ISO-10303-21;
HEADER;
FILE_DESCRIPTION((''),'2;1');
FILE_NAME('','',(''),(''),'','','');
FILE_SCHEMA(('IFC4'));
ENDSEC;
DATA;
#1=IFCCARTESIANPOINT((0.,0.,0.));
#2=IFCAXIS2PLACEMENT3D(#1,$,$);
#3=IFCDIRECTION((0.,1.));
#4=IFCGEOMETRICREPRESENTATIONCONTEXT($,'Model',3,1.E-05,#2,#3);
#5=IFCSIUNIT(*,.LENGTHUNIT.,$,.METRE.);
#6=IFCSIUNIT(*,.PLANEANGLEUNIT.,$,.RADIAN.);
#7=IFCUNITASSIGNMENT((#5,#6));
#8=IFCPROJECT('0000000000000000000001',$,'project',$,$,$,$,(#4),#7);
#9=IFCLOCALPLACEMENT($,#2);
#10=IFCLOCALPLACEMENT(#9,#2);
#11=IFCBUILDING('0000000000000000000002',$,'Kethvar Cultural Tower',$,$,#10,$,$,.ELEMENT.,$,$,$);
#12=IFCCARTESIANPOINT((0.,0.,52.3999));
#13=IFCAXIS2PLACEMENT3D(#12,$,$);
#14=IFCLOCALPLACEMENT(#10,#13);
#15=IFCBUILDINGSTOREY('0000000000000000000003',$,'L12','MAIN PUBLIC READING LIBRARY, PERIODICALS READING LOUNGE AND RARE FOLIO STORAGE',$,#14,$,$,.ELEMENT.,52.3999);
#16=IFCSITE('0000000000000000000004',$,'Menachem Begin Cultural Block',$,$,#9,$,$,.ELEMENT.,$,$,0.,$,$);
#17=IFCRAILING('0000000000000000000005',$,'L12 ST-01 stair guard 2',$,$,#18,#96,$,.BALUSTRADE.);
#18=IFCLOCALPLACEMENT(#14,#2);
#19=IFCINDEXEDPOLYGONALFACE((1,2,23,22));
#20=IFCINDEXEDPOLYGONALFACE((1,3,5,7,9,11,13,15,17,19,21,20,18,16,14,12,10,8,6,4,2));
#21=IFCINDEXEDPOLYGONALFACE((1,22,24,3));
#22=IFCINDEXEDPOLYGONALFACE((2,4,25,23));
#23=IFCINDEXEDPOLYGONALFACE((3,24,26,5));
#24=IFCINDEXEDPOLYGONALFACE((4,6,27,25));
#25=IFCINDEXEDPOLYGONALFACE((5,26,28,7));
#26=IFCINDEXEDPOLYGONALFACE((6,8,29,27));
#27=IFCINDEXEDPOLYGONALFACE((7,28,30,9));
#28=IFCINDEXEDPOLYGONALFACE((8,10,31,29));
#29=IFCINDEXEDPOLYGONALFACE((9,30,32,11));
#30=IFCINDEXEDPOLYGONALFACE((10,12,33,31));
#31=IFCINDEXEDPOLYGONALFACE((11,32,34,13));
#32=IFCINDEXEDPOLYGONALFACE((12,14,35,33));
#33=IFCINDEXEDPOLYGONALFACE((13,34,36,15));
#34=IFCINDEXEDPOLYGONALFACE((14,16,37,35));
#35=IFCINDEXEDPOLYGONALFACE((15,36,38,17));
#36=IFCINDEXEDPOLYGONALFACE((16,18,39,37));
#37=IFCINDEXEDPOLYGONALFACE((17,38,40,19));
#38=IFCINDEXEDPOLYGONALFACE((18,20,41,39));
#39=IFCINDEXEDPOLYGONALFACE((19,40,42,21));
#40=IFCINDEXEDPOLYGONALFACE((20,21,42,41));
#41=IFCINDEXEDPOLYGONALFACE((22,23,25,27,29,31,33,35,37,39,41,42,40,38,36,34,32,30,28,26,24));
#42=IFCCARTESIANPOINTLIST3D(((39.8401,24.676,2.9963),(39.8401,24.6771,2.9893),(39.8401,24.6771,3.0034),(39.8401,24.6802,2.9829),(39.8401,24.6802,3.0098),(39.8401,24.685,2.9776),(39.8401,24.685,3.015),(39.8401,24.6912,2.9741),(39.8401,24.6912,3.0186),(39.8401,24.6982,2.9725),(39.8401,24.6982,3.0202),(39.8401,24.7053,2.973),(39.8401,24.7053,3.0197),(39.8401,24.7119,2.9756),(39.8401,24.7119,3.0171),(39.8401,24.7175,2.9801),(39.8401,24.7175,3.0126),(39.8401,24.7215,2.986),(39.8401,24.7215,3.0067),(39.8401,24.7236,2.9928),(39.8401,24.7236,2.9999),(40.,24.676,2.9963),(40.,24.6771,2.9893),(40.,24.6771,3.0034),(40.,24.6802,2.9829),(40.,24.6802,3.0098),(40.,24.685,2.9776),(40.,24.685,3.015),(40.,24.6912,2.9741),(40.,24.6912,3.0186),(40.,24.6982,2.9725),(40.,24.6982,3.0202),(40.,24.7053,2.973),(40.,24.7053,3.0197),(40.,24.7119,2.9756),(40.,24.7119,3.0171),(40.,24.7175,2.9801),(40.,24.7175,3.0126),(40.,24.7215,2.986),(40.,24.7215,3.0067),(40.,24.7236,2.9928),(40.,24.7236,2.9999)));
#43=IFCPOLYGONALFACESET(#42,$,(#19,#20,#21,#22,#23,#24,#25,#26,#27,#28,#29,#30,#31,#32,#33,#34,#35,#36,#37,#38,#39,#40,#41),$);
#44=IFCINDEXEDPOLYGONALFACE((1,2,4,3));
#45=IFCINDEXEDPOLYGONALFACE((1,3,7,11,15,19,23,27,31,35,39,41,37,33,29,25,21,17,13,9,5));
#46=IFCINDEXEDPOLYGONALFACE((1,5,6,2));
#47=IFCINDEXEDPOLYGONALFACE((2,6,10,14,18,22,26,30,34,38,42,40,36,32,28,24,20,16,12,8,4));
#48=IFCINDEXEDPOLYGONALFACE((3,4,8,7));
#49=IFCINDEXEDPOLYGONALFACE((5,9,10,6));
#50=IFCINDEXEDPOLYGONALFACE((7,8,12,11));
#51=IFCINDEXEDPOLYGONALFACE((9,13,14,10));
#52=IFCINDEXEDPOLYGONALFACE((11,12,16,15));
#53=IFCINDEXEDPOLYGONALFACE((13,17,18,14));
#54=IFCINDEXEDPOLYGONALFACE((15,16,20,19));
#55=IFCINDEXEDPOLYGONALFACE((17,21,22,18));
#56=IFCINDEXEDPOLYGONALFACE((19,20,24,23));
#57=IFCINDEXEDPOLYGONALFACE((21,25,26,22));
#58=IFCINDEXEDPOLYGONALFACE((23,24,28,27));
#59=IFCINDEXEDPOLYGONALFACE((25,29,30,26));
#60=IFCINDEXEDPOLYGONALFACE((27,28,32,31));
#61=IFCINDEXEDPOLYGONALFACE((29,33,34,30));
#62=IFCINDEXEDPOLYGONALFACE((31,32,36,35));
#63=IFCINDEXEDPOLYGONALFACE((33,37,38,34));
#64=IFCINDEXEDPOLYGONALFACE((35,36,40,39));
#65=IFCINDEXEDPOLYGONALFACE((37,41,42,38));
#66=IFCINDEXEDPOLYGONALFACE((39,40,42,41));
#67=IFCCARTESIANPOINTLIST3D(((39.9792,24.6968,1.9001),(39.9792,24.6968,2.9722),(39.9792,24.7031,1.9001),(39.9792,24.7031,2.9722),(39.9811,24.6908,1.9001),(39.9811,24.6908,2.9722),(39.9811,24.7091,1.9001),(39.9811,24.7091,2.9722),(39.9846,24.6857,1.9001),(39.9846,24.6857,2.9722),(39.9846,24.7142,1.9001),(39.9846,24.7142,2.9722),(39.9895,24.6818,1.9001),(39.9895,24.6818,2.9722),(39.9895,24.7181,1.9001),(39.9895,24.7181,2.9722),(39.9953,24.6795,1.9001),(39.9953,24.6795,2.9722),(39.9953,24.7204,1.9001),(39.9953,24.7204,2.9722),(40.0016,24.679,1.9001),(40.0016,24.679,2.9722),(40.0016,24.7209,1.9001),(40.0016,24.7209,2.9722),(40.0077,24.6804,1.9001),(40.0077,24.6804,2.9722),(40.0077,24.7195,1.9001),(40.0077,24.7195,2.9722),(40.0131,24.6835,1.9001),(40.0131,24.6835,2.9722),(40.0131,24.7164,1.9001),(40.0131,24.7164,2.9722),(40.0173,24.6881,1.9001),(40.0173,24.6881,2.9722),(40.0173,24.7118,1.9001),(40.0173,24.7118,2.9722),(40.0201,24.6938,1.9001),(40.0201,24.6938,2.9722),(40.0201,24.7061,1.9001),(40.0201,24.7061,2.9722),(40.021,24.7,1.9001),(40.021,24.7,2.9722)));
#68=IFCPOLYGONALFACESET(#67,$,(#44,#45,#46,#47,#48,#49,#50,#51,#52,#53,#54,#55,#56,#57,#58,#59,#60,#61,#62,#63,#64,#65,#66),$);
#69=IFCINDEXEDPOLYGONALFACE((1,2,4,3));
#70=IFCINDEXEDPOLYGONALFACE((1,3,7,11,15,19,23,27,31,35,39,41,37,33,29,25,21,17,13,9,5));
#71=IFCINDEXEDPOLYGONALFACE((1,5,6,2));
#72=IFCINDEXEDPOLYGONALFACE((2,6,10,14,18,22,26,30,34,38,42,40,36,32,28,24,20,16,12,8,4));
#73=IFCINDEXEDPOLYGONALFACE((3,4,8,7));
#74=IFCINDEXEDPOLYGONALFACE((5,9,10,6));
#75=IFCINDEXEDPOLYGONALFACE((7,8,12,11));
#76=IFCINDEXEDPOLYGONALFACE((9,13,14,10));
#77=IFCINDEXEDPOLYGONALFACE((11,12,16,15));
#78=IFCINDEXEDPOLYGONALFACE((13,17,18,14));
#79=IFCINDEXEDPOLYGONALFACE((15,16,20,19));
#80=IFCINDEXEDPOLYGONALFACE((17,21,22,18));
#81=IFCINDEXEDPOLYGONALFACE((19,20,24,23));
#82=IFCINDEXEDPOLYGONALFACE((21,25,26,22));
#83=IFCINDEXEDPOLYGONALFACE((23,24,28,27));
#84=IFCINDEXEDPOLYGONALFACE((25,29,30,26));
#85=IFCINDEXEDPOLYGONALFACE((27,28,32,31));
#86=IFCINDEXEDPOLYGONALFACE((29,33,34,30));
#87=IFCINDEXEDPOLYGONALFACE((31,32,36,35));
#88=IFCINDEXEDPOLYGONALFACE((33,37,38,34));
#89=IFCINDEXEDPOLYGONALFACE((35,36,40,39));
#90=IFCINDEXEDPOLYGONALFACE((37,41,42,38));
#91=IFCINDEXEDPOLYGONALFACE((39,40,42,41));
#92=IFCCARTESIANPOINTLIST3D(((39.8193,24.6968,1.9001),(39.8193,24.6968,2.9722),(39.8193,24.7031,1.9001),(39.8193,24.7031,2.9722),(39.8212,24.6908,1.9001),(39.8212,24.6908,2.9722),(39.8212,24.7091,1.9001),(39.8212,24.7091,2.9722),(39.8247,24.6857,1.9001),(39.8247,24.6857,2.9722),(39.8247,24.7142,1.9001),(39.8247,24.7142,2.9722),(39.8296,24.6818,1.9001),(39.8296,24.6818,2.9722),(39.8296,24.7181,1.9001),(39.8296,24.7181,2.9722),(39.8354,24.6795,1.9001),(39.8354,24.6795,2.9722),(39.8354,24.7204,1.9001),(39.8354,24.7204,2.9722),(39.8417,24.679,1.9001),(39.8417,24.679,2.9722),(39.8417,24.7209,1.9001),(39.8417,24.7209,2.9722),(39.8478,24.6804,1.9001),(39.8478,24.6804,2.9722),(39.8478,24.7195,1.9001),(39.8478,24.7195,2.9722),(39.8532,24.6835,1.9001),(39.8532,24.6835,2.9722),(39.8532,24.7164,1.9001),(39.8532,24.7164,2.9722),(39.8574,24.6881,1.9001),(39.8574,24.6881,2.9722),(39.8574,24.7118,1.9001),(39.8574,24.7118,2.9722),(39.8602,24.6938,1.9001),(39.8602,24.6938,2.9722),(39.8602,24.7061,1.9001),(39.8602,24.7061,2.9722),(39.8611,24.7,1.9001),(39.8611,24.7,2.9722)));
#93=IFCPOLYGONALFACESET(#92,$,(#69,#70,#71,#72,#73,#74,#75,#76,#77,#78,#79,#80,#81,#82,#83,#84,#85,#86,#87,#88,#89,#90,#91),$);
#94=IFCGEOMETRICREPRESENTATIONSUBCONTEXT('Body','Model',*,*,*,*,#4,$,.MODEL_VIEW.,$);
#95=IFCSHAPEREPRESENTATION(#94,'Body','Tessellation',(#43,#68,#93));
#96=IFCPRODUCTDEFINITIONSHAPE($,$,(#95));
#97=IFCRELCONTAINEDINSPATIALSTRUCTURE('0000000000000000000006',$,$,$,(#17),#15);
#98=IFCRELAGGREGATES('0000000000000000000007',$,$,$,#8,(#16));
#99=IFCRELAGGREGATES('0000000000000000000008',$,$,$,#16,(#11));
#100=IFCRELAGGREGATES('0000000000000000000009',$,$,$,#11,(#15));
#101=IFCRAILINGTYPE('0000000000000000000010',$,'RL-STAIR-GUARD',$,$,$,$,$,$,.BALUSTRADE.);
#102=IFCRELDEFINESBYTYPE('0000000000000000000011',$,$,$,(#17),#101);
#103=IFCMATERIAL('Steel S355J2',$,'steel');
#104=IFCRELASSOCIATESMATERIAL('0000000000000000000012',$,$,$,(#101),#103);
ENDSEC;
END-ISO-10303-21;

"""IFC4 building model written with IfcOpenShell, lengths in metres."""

from ifc_helpers import new_model, si_unit, direction, frame, origin, origin_2d, place, context, subcontext, project, spatial, circle, extrude, material, type_object, element, save


model = new_model("IFC4")

# Units and contexts
model_context = context("Model", 3, precision=1e-05, world=origin(), true_north=direction((0.0, 1.0)))
body_context = subcontext(model_context, "Body", "Model", "MODEL_VIEW")
ifc_project = project(units=[si_unit("LENGTHUNIT", "METRE"), si_unit("PLANEANGLEUNIT", "RADIAN")], contexts=[model_context])

# Site, building, storey
site_placement = place(None, origin())
site = spatial("IfcSite", under=ifc_project, at=site_placement, Name="Menachem Begin Cultural Block", CompositionType="ELEMENT", RefElevation=0.0)
building_placement = place(site_placement, origin())
building = spatial("IfcBuilding", under=site, at=building_placement, Name="Kethvar Cultural Tower", CompositionType="ELEMENT")
storey_placement = place(building_placement, frame((0.0, 0.0, 52.3999)))
storey = spatial("IfcBuildingStorey", under=building, at=storey_placement, Name="L12", Description="MAIN PUBLIC READING LIBRARY, PERIODICALS READING LOUNGE AND RARE FOLIO STORAGE", CompositionType="ELEMENT", Elevation=52.3999)

# Shared definitions
ifc_material_1 = material(Name="Steel S355J2", Category="steel")

# Railing
railing_type_1 = type_object("IfcRailingType", Name="RL-STAIR-GUARD", PredefinedType="BALUSTRADE", material=ifc_material_1)
railing_1_placement = place(storey_placement, frame((40.0, 24.7, 1.9001)))
element("IfcRailing", 1, at=railing_1_placement, inside=storey, type_object=railing_type_1, Name="L12 ST-01 stair guard 2", PredefinedType="BALUSTRADE", context=body_context, shape_type="SweptSolid", body=[
    extrude(circle(Radius=0.0239, at=origin_2d()), frame((0.0, 0.0, 1.0962), z_axis=(-1.0, 0.0, 0.0), x_axis=(0.0, -1.0, 0.0)), (0.0, 0.0, 1.0), 0.1599),
    extrude(circle(Radius=0.021, at=origin_2d()), origin(), (0.0, 0.0, 1.0), 1.072),
    extrude(circle(Radius=0.021, at=origin_2d()), frame((-0.1599, 0.0, 0.0)), (0.0, 0.0, 1.0), 1.072),
])

save(model, "model.ifc")
